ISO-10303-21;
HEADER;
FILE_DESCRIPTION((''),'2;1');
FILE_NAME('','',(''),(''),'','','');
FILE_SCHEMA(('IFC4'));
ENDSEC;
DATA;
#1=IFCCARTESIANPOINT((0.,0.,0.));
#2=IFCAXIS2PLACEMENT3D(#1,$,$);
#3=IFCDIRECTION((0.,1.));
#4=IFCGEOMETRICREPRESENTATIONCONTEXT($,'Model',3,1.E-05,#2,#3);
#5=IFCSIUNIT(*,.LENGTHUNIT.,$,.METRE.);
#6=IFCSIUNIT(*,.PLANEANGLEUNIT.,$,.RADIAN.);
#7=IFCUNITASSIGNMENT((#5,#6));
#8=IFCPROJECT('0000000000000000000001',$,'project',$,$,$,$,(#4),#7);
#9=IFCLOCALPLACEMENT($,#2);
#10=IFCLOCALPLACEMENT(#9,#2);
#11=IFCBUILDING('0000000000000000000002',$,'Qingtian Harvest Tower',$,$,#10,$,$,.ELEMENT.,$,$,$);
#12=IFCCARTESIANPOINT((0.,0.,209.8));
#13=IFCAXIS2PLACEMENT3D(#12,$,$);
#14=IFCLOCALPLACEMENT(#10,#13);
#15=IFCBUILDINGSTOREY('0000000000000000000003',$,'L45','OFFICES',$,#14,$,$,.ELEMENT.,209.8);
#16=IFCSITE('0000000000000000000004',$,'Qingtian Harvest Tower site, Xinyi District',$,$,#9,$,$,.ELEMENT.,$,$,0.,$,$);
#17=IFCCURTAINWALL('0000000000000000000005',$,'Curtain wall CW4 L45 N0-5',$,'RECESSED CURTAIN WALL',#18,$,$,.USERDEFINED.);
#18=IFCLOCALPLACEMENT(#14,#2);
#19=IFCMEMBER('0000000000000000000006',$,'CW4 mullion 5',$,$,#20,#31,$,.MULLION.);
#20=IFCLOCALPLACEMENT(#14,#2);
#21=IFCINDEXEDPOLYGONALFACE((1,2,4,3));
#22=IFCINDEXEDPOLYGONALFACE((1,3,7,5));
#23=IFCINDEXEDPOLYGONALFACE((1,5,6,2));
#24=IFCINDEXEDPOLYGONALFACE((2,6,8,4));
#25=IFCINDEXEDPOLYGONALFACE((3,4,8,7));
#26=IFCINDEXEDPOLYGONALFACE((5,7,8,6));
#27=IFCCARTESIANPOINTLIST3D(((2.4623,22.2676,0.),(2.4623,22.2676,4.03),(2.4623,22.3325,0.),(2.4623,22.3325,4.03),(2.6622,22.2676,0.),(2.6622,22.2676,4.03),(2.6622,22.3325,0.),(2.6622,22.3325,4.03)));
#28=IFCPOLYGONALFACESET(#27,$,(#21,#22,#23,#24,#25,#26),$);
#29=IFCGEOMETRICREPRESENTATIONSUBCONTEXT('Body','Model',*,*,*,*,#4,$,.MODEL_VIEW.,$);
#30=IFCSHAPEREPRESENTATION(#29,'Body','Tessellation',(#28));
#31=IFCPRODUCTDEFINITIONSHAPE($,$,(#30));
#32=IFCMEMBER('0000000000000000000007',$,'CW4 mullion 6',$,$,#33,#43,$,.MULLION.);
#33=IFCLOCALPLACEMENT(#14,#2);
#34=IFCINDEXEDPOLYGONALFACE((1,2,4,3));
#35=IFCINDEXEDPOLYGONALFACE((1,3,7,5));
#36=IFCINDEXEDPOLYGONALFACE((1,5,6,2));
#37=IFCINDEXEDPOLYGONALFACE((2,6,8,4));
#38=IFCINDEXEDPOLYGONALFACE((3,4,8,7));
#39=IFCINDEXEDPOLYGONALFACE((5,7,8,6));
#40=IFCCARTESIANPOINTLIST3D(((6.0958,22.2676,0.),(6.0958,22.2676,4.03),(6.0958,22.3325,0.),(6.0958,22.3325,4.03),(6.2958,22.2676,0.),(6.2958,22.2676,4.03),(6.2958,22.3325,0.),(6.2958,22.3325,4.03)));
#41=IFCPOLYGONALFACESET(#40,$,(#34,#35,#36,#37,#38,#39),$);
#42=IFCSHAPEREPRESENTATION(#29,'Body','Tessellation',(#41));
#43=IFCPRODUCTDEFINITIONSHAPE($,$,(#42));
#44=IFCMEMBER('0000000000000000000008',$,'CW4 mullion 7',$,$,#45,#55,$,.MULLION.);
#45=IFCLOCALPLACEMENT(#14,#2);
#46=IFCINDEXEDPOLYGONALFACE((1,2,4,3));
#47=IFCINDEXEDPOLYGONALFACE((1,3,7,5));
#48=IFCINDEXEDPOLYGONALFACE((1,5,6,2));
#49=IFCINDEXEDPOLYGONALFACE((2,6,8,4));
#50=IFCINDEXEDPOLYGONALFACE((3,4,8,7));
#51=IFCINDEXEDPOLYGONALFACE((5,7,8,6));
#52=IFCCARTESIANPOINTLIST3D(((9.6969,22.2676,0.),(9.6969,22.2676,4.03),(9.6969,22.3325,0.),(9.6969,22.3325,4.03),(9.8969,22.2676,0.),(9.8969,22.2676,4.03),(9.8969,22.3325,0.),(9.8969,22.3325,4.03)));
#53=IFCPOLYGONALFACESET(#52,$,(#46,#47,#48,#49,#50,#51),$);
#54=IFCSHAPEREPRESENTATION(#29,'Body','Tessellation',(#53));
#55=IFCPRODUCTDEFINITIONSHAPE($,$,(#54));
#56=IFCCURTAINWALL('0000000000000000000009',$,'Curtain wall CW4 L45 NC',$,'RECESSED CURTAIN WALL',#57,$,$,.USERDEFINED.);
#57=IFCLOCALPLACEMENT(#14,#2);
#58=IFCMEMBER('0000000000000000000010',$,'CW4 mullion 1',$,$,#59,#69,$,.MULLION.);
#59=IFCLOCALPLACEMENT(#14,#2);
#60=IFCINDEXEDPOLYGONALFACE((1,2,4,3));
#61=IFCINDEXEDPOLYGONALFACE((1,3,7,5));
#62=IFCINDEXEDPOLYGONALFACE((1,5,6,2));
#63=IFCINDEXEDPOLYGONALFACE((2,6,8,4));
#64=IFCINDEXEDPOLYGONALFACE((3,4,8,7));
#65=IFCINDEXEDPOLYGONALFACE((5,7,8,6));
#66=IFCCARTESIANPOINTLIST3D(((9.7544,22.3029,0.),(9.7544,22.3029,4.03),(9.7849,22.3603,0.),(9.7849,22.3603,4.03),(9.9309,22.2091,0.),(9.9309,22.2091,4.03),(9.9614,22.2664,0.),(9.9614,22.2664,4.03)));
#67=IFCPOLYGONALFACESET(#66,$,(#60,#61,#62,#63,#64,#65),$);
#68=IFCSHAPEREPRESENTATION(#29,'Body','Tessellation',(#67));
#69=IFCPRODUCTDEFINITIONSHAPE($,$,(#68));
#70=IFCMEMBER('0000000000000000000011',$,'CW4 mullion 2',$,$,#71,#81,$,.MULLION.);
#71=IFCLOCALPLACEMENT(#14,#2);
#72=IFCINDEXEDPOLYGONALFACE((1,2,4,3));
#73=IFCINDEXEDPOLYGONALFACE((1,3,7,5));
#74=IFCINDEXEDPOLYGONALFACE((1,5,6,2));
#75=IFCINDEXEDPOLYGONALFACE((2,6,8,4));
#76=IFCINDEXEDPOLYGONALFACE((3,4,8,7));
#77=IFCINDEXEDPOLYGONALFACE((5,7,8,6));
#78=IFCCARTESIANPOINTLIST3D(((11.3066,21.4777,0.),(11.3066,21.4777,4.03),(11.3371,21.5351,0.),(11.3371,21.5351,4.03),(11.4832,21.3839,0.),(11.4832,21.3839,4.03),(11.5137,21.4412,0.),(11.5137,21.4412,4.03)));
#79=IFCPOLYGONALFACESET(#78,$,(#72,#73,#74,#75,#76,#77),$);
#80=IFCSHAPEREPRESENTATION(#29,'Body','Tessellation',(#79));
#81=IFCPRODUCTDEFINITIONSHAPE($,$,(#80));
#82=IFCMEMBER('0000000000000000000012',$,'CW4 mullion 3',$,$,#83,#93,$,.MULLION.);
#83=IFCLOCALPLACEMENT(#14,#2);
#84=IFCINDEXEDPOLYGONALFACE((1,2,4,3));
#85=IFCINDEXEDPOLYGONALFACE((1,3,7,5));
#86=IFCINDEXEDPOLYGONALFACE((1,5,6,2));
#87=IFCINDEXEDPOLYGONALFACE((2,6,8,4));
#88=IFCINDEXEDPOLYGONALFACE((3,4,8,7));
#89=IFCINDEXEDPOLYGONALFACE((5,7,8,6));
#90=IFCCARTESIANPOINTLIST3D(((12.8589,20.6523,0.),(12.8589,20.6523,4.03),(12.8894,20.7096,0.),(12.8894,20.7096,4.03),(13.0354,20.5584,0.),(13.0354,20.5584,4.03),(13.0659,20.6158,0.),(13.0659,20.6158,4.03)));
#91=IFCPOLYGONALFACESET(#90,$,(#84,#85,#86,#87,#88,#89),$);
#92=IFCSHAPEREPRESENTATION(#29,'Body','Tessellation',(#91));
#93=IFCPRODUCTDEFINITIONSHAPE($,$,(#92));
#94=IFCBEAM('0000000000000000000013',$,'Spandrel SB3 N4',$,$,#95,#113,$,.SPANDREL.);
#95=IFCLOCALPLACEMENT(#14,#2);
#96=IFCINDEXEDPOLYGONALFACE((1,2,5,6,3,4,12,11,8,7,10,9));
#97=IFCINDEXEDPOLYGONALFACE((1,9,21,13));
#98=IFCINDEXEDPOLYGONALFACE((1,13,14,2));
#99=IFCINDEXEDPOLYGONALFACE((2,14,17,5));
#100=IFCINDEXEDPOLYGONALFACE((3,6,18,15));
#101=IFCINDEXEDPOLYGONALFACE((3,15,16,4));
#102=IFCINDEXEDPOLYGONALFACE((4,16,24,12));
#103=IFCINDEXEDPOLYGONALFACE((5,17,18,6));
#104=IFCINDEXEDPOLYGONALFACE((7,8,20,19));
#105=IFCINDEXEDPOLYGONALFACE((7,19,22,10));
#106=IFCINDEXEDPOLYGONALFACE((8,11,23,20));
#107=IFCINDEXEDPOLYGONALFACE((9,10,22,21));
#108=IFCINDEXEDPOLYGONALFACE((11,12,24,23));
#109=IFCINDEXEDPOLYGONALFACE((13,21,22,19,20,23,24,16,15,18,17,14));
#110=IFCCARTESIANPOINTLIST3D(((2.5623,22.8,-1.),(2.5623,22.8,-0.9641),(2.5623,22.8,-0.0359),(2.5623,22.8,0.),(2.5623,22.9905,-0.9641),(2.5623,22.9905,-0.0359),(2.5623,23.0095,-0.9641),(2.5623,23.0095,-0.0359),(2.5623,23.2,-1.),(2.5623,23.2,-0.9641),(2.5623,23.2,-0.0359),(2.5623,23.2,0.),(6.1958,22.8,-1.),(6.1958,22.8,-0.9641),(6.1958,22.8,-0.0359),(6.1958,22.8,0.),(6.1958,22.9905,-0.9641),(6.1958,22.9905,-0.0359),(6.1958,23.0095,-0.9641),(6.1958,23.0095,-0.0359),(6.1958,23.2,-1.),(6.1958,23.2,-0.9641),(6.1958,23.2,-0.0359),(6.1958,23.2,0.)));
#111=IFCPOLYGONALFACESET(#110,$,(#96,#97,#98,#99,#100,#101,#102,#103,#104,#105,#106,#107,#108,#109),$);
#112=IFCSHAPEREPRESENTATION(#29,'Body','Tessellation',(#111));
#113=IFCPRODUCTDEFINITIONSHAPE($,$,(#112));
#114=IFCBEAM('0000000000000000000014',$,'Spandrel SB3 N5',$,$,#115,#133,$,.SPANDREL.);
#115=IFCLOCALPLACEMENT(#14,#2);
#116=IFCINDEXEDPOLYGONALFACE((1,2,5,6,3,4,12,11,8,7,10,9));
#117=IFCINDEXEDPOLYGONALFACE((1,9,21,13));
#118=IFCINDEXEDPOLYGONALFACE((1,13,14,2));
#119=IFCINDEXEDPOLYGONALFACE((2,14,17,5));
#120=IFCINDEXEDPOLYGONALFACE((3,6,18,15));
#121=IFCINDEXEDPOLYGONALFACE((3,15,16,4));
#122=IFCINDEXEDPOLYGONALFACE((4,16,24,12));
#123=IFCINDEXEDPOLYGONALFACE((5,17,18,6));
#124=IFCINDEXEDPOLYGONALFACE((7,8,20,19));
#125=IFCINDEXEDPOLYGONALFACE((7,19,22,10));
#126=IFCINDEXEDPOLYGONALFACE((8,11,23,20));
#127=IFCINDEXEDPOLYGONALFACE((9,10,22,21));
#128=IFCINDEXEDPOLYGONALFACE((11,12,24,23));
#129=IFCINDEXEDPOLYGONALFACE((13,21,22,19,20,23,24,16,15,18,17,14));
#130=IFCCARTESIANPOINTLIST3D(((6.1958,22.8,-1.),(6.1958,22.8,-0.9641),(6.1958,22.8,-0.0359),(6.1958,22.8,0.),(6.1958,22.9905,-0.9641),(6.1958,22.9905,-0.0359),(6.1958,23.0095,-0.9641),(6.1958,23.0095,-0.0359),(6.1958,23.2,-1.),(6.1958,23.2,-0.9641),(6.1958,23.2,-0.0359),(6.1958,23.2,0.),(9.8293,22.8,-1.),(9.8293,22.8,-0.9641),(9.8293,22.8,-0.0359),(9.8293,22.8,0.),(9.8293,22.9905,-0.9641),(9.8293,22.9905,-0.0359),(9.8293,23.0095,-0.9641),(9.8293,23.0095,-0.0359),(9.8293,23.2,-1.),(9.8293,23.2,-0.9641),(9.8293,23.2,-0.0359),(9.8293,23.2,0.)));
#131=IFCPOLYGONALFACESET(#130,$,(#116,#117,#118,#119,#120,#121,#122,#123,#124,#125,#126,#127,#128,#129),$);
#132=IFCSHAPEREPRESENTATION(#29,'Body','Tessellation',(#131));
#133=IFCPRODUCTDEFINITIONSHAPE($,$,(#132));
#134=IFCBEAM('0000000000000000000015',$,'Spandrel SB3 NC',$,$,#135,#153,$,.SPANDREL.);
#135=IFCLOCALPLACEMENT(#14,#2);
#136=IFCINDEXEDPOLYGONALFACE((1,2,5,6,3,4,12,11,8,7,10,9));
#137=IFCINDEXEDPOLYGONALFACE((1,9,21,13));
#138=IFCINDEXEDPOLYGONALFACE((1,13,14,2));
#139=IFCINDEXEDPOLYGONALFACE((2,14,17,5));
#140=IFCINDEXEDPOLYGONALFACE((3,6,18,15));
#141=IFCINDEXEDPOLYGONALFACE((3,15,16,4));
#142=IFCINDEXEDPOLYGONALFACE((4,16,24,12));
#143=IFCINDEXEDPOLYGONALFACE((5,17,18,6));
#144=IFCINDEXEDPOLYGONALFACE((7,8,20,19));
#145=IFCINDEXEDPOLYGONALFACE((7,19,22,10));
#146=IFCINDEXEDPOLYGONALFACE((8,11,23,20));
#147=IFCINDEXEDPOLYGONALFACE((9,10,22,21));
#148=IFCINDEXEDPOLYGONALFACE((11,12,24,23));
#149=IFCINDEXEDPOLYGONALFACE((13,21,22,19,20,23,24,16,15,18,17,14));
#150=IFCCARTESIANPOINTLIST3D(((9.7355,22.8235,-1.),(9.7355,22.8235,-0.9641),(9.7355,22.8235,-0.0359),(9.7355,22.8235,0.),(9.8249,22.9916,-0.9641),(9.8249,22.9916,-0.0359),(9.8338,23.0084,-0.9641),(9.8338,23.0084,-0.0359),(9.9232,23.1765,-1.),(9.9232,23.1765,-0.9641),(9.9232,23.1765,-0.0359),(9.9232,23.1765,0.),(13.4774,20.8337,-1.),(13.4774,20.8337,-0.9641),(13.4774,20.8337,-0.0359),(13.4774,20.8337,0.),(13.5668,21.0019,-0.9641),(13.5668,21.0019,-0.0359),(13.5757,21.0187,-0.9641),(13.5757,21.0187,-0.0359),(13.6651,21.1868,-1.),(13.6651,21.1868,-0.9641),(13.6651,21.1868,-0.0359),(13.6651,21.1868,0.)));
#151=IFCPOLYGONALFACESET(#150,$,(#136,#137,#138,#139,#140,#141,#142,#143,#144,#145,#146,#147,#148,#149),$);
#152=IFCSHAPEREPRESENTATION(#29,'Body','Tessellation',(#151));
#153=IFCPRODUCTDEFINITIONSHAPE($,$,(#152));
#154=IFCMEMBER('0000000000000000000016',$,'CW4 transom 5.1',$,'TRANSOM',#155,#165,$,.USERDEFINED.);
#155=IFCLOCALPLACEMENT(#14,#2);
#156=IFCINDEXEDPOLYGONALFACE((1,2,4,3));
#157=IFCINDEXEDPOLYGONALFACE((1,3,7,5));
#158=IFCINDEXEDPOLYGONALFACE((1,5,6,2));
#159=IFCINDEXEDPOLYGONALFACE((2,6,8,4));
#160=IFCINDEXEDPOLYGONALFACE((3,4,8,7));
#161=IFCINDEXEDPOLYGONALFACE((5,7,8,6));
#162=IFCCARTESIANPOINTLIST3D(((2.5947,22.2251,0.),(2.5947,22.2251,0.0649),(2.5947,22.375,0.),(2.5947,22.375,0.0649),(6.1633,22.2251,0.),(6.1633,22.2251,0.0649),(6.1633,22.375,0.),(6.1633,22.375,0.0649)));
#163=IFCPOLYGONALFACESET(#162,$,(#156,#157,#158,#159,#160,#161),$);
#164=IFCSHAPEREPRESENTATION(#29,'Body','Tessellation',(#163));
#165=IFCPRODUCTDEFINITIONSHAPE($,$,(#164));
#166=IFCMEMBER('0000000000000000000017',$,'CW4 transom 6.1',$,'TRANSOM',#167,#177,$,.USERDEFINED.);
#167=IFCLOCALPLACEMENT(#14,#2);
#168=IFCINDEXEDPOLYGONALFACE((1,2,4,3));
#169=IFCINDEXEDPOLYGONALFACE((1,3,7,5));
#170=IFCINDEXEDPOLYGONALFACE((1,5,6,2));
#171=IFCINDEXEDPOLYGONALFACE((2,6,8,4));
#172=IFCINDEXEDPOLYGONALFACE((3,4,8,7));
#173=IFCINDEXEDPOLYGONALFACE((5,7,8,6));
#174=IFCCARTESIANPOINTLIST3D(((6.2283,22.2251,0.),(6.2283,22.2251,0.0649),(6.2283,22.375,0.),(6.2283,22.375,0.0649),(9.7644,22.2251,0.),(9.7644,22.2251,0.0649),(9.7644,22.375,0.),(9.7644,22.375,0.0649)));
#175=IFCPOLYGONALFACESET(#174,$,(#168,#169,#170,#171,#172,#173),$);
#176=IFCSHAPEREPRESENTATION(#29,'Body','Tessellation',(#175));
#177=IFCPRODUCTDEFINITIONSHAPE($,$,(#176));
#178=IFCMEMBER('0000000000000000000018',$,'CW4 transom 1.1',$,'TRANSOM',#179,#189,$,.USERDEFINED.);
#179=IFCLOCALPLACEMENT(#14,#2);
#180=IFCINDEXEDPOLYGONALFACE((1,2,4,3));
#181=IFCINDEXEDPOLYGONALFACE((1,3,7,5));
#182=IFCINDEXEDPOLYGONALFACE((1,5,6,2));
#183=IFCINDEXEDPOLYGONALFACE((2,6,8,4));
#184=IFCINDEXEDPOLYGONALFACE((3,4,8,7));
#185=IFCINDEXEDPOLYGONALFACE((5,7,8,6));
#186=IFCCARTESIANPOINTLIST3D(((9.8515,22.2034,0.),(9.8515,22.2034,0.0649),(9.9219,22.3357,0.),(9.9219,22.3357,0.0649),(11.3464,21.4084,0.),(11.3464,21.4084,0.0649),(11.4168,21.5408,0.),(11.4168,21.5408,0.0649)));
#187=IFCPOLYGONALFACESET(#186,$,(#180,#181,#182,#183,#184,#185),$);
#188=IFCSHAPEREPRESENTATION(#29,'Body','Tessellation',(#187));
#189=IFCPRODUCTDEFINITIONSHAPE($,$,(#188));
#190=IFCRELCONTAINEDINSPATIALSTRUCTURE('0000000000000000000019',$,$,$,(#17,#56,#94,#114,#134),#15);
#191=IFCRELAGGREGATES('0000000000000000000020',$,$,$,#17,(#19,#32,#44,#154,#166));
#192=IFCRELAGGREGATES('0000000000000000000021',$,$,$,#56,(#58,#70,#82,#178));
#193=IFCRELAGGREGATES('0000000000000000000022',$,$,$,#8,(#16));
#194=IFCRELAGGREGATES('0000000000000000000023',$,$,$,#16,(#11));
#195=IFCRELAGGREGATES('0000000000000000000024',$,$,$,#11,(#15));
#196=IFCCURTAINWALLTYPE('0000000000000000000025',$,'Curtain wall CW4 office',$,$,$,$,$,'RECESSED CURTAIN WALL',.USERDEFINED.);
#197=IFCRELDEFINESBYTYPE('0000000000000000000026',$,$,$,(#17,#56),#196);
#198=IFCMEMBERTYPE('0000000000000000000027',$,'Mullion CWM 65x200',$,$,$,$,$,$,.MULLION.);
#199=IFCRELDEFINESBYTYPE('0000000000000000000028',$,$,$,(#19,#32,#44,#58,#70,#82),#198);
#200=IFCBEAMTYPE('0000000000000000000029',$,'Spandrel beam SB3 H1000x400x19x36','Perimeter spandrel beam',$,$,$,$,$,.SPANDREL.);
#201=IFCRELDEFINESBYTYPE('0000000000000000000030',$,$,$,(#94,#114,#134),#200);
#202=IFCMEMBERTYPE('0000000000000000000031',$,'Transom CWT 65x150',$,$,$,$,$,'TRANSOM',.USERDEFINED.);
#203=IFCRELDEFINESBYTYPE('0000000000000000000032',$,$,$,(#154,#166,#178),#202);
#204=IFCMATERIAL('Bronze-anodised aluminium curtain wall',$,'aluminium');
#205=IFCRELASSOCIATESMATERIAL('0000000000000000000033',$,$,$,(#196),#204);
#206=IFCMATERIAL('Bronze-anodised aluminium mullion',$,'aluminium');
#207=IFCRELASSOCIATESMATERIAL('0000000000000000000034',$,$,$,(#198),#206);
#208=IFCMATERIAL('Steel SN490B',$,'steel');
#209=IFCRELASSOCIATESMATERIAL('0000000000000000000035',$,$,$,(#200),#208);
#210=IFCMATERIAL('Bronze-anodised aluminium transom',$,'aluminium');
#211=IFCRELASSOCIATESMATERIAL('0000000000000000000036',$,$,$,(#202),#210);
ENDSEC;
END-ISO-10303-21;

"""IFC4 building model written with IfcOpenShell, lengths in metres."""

from ifc_helpers import new_model, si_unit, direction, frame, origin, origin_2d, place, context, subcontext, project, spatial, rectangle, i_section, extrude, material, material_profile, profile_set, type_object, element, aggregate, save


model = new_model("IFC4")

# Units and contexts
model_context = context("Model", 3, precision=1e-05, world=origin(), true_north=direction((0.0, 1.0)))
body_context = subcontext(model_context, "Body", "Model", "MODEL_VIEW")
ifc_project = project(units=[si_unit("LENGTHUNIT", "METRE"), si_unit("PLANEANGLEUNIT", "RADIAN")], contexts=[model_context])

# Site, building, storey
site_placement = place(None, origin())
site = spatial("IfcSite", under=ifc_project, at=site_placement, Name="Qingtian Harvest Tower site, Xinyi District", CompositionType="ELEMENT", RefElevation=0.0)
building_placement = place(site_placement, origin())
building = spatial("IfcBuilding", under=site, at=building_placement, Name="Qingtian Harvest Tower", CompositionType="ELEMENT")
storey_placement = place(building_placement, frame((0.0, 0.0, 209.8)))
storey = spatial("IfcBuildingStorey", under=building, at=storey_placement, Name="L45", Description="OFFICES", CompositionType="ELEMENT", Elevation=209.8)

# Curtain walls, members
ifc_material_1 = material(Name="Bronze-anodised aluminium curtain wall", Category="aluminium")
curtain_wall_type = type_object("IfcCurtainWallType", Name="Curtain wall CW4 office", ElementType="RECESSED CURTAIN WALL", PredefinedType="USERDEFINED", material=ifc_material_1)
curtain_wall_1_placement = place(storey_placement, origin())
curtain_wall_1 = element("IfcCurtainWall", 1, at=curtain_wall_1_placement, inside=storey, type_object=curtain_wall_type, Name="Curtain wall CW4 L45 N0-5", ObjectType="RECESSED CURTAIN WALL", PredefinedType="USERDEFINED")
ifc_material_2 = material(Name="Bronze-anodised aluminium mullion", Category="aluminium")
ifc_material_profile_1 = material_profile(ifc_material_2, rectangle(XDim=0.0649, YDim=0.2, at=origin_2d()), Name="AL 65x200")
ifc_profile_set_1 = profile_set([ifc_material_profile_1], Name="Bronze-anodised aluminium mullion")
member_type_1 = type_object("IfcMemberType", Name="Mullion CWM 65x200", PredefinedType="MULLION", material=ifc_profile_set_1)
member_1_placement = place(storey_placement, frame((2.5623, 22.3, 0.0), z_axis=(0.0, 0.0, 1.0), x_axis=(0.0, 1.0, 0.0)))
member_1 = element("IfcMember", 2, at=member_1_placement, type_object=member_type_1, Name="CW4 mullion 5", PredefinedType="MULLION", context=body_context, shape_type="SweptSolid", body=[
    extrude(rectangle(XDim=0.0649, YDim=0.2, at=origin_2d()), origin(), (0.0, 0.0, 1.0), 4.03),
])
member_2_placement = place(storey_placement, frame((6.1958, 22.3, 0.0), z_axis=(0.0, 0.0, 1.0), x_axis=(0.0, 1.0, 0.0)))
member_2 = element("IfcMember", 3, at=member_2_placement, type_object=member_type_1, Name="CW4 mullion 6", PredefinedType="MULLION", context=body_context, shape_type="SweptSolid", body=[
    extrude(rectangle(XDim=0.0649, YDim=0.2, at=origin_2d()), origin(), (0.0, 0.0, 1.0), 4.03),
])
member_3_placement = place(storey_placement, frame((9.7969, 22.3, 0.0), z_axis=(0.0, 0.0, 1.0), x_axis=(0.0, 1.0, 0.0)))
member_3 = element("IfcMember", 4, at=member_3_placement, type_object=member_type_1, Name="CW4 mullion 7", PredefinedType="MULLION", context=body_context, shape_type="SweptSolid", body=[
    extrude(rectangle(XDim=0.0649, YDim=0.2, at=origin_2d()), origin(), (0.0, 0.0, 1.0), 4.03),
])
curtain_wall_2_placement = place(storey_placement, origin())
curtain_wall_2 = element("IfcCurtainWall", 5, at=curtain_wall_2_placement, inside=storey, type_object=curtain_wall_type, Name="Curtain wall CW4 L45 NC", ObjectType="RECESSED CURTAIN WALL", PredefinedType="USERDEFINED")
member_4_placement = place(storey_placement, frame((9.8579, 22.2847, 0.0), z_axis=(0.0, 0.0, 1.0), x_axis=(0.469472, 0.882948, 0.0)))
member_4 = element("IfcMember", 6, at=member_4_placement, type_object=member_type_1, Name="CW4 mullion 1", PredefinedType="MULLION", context=body_context, shape_type="SweptSolid", body=[
    extrude(rectangle(XDim=0.0649, YDim=0.2, at=origin_2d()), origin(), (0.0, 0.0, 1.0), 4.03),
])
member_5_placement = place(storey_placement, frame((11.4102, 21.4595, 0.0), z_axis=(0.0, 0.0, 1.0), x_axis=(0.469472, 0.882948, 0.0)))
member_5 = element("IfcMember", 7, at=member_5_placement, type_object=member_type_1, Name="CW4 mullion 2", PredefinedType="MULLION", context=body_context, shape_type="SweptSolid", body=[
    extrude(rectangle(XDim=0.0649, YDim=0.2, at=origin_2d()), origin(), (0.0, 0.0, 1.0), 4.03),
])
member_6_placement = place(storey_placement, frame((12.9624, 20.634, 0.0), z_axis=(0.0, 0.0, 1.0), x_axis=(0.469472, 0.882948, 0.0)))
member_6 = element("IfcMember", 8, at=member_6_placement, type_object=member_type_1, Name="CW4 mullion 3", PredefinedType="MULLION", context=body_context, shape_type="SweptSolid", body=[
    extrude(rectangle(XDim=0.0649, YDim=0.2, at=origin_2d()), origin(), (0.0, 0.0, 1.0), 4.03),
])

# Beams
ifc_material_3 = material(Name="Steel SN490B", Category="steel")
ifc_material_profile_2 = material_profile(ifc_material_3, i_section(OverallWidth=0.3999, OverallDepth=1.0, WebThickness=0.019, FlangeThickness=0.0359, at=origin_2d()), Name="H1000x400x19x36")
ifc_profile_set_2 = profile_set([ifc_material_profile_2], Name="Steel SN490B")
beam_type_1 = type_object("IfcBeamType", Name="Spandrel beam SB3 H1000x400x19x36", Description="Perimeter spandrel beam", PredefinedType="SPANDREL", material=ifc_profile_set_2)
for number, where, z_axis, x_axis, name in (
    (9, (2.5623, 23.0, -0.5), (1.0, 0.0, 0.0), (0.0, 1.0, 0.0), "Spandrel SB3 N4"),
    (10, (6.1958, 23.0, -0.5), (1.0, 0.0, 0.0), (0.0, 1.0, 0.0), "Spandrel SB3 N5"),
):
    element("IfcBeam", number, at=place(storey_placement, frame(where, z_axis=z_axis, x_axis=x_axis)), inside=storey, type_object=beam_type_1, Name=name, PredefinedType="SPANDREL", context=body_context, shape_type="SweptSolid", body=[
        extrude(i_section(OverallWidth=0.3999, OverallDepth=1.0, WebThickness=0.019, FlangeThickness=0.0359, at=origin_2d()), origin(), (0.0, 0.0, 1.0), 3.6335),
    ])
beam_1_placement = place(storey_placement, frame((9.8293, 23.0, -0.5), z_axis=(0.882936, -0.469494, 0.0), x_axis=(0.469494, 0.882936, 0.0)))
element("IfcBeam", 11, at=beam_1_placement, inside=storey, type_object=beam_type_1, Name="Spandrel SB3 NC", PredefinedType="SPANDREL", context=body_context, shape_type="SweptSolid", body=[
    extrude(i_section(OverallWidth=0.3999, OverallDepth=1.0, WebThickness=0.019, FlangeThickness=0.0359, at=origin_2d()), origin(), (0.0, 0.0, 1.0), 4.238),
])

# Members
ifc_material_4 = material(Name="Bronze-anodised aluminium transom", Category="aluminium")
ifc_material_profile_3 = material_profile(ifc_material_4, rectangle(XDim=0.1499, YDim=0.0649, at=origin_2d()), Name="AL 65x150")
ifc_profile_set_3 = profile_set([ifc_material_profile_3], Name="Bronze-anodised aluminium transom")
member_type_2 = type_object("IfcMemberType", Name="Transom CWT 65x150", ElementType="TRANSOM", PredefinedType="USERDEFINED", material=ifc_profile_set_3)
member_7_placement = place(storey_placement, frame((2.5947, 22.3, 0.0325), z_axis=(1.0, 0.0, 0.0), x_axis=(0.0, 1.0, 0.0)))
member_7 = element("IfcMember", 12, at=member_7_placement, type_object=member_type_2, Name="CW4 transom 5.1", ObjectType="TRANSOM", PredefinedType="USERDEFINED", context=body_context, shape_type="SweptSolid", body=[
    extrude(rectangle(XDim=0.1499, YDim=0.0649, at=origin_2d()), origin(), (0.0, 0.0, 1.0), 3.5686),
])
member_8_placement = place(storey_placement, frame((6.2283, 22.3, 0.0325), z_axis=(1.0, 0.0, 0.0), x_axis=(0.0, 1.0, 0.0)))
member_8 = element("IfcMember", 13, at=member_8_placement, type_object=member_type_2, Name="CW4 transom 6.1", ObjectType="TRANSOM", PredefinedType="USERDEFINED", context=body_context, shape_type="SweptSolid", body=[
    extrude(rectangle(XDim=0.1499, YDim=0.0649, at=origin_2d()), origin(), (0.0, 0.0, 1.0), 3.5361),
])
member_9_placement = place(storey_placement, frame((9.8867, 22.2695, 0.0325), z_axis=(0.882927, -0.46951, 0.0), x_axis=(0.46951, 0.882927, 0.0)))
member_9 = element("IfcMember", 14, at=member_9_placement, type_object=member_type_2, Name="CW4 transom 1.1", ObjectType="TRANSOM", PredefinedType="USERDEFINED", context=body_context, shape_type="SweptSolid", body=[
    extrude(rectangle(XDim=0.1499, YDim=0.0649, at=origin_2d()), origin(), (0.0, 0.0, 1.0), 1.6931),
])

aggregate(curtain_wall_1, [member_1, member_2, member_3, member_7, member_8])
aggregate(curtain_wall_2, [member_4, member_5, member_6, member_9])

save(model, "model.ifc")
